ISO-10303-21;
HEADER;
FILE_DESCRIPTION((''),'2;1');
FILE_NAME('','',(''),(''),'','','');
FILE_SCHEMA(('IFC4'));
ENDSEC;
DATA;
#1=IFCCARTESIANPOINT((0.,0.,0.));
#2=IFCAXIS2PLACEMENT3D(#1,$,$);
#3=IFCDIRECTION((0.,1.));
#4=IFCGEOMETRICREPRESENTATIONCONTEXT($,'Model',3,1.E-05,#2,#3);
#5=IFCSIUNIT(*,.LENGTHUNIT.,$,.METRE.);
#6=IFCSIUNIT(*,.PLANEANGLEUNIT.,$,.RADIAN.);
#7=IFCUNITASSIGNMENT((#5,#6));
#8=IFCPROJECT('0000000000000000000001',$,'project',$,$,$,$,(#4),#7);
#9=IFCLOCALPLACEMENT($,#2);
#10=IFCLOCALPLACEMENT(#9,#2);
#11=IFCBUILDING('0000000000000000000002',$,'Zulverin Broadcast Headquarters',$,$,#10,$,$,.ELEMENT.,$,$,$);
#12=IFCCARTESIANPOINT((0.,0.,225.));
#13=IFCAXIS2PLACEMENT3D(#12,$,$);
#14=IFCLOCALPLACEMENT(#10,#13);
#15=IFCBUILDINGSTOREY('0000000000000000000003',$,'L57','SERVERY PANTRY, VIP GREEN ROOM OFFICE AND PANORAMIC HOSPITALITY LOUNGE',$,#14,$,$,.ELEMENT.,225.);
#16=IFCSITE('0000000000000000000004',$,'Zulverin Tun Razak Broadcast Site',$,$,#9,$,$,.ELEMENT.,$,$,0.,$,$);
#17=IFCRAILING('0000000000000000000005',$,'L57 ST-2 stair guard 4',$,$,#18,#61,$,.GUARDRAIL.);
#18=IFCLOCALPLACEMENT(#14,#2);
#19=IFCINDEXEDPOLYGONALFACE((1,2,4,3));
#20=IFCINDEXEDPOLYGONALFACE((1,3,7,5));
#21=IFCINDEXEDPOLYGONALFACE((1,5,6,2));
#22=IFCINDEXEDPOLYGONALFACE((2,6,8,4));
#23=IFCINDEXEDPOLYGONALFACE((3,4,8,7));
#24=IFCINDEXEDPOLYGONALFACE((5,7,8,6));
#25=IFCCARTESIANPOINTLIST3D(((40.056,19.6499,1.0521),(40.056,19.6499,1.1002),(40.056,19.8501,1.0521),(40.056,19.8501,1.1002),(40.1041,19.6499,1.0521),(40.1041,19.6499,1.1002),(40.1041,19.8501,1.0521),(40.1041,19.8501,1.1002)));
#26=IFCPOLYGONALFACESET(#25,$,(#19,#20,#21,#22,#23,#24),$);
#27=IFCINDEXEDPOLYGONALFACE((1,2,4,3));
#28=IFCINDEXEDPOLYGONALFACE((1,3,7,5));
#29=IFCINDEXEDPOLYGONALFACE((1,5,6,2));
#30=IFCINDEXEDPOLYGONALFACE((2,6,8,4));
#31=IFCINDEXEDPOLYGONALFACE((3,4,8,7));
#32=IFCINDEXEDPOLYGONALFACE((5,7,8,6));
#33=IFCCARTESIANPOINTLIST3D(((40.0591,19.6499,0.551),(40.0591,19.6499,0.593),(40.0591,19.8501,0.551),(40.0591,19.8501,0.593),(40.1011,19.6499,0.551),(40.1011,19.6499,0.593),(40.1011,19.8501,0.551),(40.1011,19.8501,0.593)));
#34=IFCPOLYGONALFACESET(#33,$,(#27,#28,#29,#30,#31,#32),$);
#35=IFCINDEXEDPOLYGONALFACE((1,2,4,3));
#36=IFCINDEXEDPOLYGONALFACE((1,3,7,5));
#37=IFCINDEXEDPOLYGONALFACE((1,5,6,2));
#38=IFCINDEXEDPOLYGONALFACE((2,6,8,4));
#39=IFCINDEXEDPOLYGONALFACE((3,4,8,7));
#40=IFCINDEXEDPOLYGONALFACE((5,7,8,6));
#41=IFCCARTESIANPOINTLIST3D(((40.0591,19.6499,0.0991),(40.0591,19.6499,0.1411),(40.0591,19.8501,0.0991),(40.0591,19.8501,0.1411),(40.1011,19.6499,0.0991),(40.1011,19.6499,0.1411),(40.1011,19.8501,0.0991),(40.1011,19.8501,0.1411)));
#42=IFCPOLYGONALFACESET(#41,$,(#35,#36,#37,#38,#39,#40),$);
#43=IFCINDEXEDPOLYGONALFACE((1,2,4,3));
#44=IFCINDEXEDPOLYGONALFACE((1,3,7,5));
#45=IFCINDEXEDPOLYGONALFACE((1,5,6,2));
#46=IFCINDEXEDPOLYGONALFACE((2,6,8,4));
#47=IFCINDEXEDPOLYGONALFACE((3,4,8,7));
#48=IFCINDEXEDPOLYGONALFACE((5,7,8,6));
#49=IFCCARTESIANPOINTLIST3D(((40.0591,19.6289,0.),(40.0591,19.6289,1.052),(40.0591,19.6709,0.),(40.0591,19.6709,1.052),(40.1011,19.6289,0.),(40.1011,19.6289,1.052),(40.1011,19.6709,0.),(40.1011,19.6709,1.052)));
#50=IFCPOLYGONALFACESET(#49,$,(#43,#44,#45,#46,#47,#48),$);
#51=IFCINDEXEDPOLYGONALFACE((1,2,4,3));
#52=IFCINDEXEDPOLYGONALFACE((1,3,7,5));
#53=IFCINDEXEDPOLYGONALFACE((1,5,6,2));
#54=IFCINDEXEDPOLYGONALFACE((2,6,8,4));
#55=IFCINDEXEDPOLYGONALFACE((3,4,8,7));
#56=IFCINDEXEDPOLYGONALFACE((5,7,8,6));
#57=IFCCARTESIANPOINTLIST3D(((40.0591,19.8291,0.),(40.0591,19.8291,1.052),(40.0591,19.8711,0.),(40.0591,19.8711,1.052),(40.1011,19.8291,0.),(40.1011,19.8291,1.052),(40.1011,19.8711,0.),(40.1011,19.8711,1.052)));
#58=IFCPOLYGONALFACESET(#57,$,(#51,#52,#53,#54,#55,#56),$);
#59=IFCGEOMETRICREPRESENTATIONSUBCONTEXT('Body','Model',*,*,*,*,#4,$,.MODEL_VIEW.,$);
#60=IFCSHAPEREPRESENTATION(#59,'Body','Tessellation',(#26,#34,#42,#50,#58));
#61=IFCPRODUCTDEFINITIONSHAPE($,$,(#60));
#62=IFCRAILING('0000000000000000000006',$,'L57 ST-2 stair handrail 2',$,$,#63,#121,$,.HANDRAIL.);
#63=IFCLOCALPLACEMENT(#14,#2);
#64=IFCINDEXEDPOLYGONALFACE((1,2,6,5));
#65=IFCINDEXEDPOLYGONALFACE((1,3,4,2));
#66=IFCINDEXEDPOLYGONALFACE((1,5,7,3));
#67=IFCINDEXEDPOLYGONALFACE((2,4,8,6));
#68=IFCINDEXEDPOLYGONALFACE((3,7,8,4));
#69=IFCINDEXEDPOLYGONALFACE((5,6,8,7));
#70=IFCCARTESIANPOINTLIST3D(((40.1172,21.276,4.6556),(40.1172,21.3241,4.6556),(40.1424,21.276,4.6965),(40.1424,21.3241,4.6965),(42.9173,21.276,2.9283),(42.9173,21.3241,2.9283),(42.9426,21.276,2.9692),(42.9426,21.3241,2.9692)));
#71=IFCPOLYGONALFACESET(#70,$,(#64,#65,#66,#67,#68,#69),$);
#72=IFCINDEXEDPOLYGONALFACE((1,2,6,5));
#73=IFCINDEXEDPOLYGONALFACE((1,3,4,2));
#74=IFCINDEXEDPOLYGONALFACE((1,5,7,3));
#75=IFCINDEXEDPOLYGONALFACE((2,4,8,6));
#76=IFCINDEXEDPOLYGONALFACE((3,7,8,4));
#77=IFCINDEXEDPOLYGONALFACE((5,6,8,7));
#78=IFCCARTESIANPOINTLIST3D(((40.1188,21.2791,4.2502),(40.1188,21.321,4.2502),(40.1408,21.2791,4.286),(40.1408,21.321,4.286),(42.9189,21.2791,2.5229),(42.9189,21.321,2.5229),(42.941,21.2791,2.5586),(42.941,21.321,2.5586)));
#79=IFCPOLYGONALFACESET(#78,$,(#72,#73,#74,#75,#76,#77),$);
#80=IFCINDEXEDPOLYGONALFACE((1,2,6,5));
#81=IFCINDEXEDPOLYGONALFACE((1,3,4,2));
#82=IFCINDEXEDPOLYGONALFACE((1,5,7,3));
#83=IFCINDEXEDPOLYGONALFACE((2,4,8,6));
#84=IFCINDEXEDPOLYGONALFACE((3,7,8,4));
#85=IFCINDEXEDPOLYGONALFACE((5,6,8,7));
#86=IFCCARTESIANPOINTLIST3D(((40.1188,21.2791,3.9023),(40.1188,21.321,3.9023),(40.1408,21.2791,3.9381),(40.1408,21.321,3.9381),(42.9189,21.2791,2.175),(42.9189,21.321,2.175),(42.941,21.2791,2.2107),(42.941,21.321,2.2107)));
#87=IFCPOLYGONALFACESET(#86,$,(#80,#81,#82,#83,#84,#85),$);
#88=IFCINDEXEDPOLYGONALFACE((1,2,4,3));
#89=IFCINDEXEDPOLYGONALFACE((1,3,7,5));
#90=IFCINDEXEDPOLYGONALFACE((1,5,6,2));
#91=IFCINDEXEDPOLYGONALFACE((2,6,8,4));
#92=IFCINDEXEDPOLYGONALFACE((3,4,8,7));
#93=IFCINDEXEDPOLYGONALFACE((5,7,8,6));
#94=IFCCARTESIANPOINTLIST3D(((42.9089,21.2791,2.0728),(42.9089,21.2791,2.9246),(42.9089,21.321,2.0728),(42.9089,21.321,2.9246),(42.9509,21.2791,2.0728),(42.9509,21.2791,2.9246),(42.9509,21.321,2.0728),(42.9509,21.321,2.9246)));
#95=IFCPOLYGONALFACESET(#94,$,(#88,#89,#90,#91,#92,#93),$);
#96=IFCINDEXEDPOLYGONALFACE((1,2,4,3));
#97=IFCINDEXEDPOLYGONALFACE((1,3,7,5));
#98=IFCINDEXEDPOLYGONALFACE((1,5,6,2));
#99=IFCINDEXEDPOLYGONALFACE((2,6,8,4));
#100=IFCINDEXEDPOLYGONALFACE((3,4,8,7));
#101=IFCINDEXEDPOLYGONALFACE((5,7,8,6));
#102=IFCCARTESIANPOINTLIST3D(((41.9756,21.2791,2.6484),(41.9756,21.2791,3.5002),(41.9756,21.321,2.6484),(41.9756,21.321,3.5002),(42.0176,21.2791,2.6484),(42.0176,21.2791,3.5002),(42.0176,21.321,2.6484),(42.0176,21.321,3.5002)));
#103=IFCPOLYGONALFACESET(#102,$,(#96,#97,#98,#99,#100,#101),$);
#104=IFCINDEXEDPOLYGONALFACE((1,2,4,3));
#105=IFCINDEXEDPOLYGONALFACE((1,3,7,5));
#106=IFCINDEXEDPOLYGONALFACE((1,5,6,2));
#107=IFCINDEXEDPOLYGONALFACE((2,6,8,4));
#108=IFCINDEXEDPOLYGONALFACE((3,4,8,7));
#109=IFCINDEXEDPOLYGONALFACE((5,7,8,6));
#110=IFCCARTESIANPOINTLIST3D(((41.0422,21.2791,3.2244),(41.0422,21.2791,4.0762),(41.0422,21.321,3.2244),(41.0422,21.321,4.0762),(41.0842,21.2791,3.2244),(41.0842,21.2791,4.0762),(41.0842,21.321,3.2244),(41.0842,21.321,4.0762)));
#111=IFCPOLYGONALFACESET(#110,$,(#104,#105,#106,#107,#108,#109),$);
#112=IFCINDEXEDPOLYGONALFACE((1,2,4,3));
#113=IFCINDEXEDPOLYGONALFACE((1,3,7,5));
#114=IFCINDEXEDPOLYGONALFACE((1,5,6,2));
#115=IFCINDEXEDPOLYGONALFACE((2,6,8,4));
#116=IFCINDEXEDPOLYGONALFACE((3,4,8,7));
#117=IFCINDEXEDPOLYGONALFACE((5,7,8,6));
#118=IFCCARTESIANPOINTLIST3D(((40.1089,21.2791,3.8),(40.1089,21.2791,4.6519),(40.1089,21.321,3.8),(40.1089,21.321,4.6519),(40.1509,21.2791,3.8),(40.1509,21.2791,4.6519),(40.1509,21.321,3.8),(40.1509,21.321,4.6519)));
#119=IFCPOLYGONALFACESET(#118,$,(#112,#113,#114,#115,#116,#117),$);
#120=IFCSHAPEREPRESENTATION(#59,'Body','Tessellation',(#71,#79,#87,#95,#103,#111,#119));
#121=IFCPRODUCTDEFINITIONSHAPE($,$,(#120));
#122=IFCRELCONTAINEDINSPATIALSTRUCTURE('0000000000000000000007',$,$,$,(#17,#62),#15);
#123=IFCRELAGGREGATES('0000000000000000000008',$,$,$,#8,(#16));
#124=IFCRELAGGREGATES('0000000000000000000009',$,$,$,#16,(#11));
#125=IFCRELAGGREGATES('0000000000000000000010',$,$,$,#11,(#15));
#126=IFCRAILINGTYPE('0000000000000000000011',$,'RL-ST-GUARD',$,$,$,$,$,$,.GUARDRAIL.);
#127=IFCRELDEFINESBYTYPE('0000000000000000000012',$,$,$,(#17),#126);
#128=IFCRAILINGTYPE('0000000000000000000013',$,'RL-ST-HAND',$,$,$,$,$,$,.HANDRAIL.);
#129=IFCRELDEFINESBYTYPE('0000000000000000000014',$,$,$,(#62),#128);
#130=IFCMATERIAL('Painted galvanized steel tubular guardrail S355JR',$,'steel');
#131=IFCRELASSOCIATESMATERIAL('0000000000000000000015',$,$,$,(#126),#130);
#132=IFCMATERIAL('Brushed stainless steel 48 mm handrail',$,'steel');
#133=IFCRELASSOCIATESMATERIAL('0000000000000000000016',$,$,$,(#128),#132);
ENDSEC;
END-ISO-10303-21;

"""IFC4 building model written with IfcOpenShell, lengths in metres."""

from ifc_helpers import new_model, si_unit, direction, frame, origin, origin_2d, place, context, subcontext, project, spatial, rectangle, extrude, material, type_object, element, save


model = new_model("IFC4")

# Units and contexts
model_context = context("Model", 3, precision=1e-05, world=origin(), true_north=direction((0.0, 1.0)))
body_context = subcontext(model_context, "Body", "Model", "MODEL_VIEW")
ifc_project = project(units=[si_unit("LENGTHUNIT", "METRE"), si_unit("PLANEANGLEUNIT", "RADIAN")], contexts=[model_context])

# Site, building, storey
site_placement = place(None, origin())
site = spatial("IfcSite", under=ifc_project, at=site_placement, Name="Zulverin Tun Razak Broadcast Site", CompositionType="ELEMENT", RefElevation=0.0)
building_placement = place(site_placement, origin())
building = spatial("IfcBuilding", under=site, at=building_placement, Name="Zulverin Broadcast Headquarters", CompositionType="ELEMENT")
storey_placement = place(building_placement, frame((0.0, 0.0, 225.0)))
storey = spatial("IfcBuildingStorey", under=building, at=storey_placement, Name="L57", Description="SERVERY PANTRY, VIP GREEN ROOM OFFICE AND PANORAMIC HOSPITALITY LOUNGE", CompositionType="ELEMENT", Elevation=225.0)

# Railings
ifc_material_1 = material(Name="Painted galvanized steel tubular guardrail S355JR", Category="steel")
railing_type_1 = type_object("IfcRailingType", Name="RL-ST-GUARD", PredefinedType="GUARDRAIL", material=ifc_material_1)
railing_1_placement = place(storey_placement, frame((40.0801, 19.6499, 0.0)))
element("IfcRailing", 1, at=railing_1_placement, inside=storey, type_object=railing_type_1, Name="L57 ST-2 stair guard 4", PredefinedType="GUARDRAIL", context=body_context, shape_type="SweptSolid", body=[
    extrude(rectangle(XDim=0.0481, YDim=0.0481, at=origin_2d()), frame((0.0, 0.0, 1.0762), z_axis=(0.0, 1.0, 0.0), x_axis=(-1.0, 0.0, 0.0)), (0.0, 0.0, 1.0), 0.2002),
    extrude(rectangle(XDim=0.042, YDim=0.042, at=origin_2d()), frame((0.0, 0.0, 0.572), z_axis=(0.0, 1.0, 0.0), x_axis=(-1.0, 0.0, 0.0)), (0.0, 0.0, 1.0), 0.2002),
    extrude(rectangle(XDim=0.042, YDim=0.042, at=origin_2d()), frame((0.0, 0.0, 0.1201), z_axis=(0.0, 1.0, 0.0), x_axis=(-1.0, 0.0, 0.0)), (0.0, 0.0, 1.0), 0.2002),
    extrude(rectangle(XDim=0.042, YDim=0.042, at=origin_2d()), origin(), (0.0, 0.0, 1.0), 1.052),
    extrude(rectangle(XDim=0.042, YDim=0.042, at=origin_2d()), frame((0.0, 0.2002, 0.0)), (0.0, 0.0, 1.0), 1.052),
])
ifc_material_2 = material(Name="Brushed stainless steel 48 mm handrail", Category="steel")
railing_type_2 = type_object("IfcRailingType", Name="RL-ST-HAND", PredefinedType="HANDRAIL", material=ifc_material_2)
railing_2_placement = place(storey_placement, frame((42.9299, 21.3, 2.0728)))
element("IfcRailing", 2, at=railing_2_placement, inside=storey, type_object=railing_type_2, Name="L57 ST-2 stair handrail 2", PredefinedType="HANDRAIL", context=body_context, shape_type="SweptSolid", body=[
    extrude(rectangle(XDim=0.0481, YDim=0.0481, at=origin_2d()), frame((0.0, 0.0, 0.876), z_axis=(-0.85109, 0.0, 0.52502), x_axis=(0.0, -1.0, 0.0)), (0.0, 0.0, 1.0), 3.29),
    extrude(rectangle(XDim=0.042, YDim=0.042, at=origin_2d()), frame((0.0, 0.0, 0.468), z_axis=(-0.85109, 0.0, 0.52502), x_axis=(0.0, -1.0, 0.0)), (0.0, 0.0, 1.0), 3.29),
    extrude(rectangle(XDim=0.042, YDim=0.042, at=origin_2d()), frame((0.0, 0.0, 0.1201), z_axis=(-0.85109, 0.0, 0.52502), x_axis=(0.0, -1.0, 0.0)), (0.0, 0.0, 1.0), 3.29),
    extrude(rectangle(XDim=0.042, YDim=0.042, at=origin_2d()), origin(), (0.0, 0.0, 1.0), 0.8518),
    extrude(rectangle(XDim=0.042, YDim=0.042, at=origin_2d()), frame((-0.9333, 0.0, 0.5757)), (0.0, 0.0, 1.0), 0.8518),
    extrude(rectangle(XDim=0.042, YDim=0.042, at=origin_2d()), frame((-1.8667, 0.0, 1.1516)), (0.0, 0.0, 1.0), 0.8518),
    extrude(rectangle(XDim=0.042, YDim=0.042, at=origin_2d()), frame((-2.8, 0.0, 1.7273)), (0.0, 0.0, 1.0), 0.8518),
])

save(model, "model.ifc")
